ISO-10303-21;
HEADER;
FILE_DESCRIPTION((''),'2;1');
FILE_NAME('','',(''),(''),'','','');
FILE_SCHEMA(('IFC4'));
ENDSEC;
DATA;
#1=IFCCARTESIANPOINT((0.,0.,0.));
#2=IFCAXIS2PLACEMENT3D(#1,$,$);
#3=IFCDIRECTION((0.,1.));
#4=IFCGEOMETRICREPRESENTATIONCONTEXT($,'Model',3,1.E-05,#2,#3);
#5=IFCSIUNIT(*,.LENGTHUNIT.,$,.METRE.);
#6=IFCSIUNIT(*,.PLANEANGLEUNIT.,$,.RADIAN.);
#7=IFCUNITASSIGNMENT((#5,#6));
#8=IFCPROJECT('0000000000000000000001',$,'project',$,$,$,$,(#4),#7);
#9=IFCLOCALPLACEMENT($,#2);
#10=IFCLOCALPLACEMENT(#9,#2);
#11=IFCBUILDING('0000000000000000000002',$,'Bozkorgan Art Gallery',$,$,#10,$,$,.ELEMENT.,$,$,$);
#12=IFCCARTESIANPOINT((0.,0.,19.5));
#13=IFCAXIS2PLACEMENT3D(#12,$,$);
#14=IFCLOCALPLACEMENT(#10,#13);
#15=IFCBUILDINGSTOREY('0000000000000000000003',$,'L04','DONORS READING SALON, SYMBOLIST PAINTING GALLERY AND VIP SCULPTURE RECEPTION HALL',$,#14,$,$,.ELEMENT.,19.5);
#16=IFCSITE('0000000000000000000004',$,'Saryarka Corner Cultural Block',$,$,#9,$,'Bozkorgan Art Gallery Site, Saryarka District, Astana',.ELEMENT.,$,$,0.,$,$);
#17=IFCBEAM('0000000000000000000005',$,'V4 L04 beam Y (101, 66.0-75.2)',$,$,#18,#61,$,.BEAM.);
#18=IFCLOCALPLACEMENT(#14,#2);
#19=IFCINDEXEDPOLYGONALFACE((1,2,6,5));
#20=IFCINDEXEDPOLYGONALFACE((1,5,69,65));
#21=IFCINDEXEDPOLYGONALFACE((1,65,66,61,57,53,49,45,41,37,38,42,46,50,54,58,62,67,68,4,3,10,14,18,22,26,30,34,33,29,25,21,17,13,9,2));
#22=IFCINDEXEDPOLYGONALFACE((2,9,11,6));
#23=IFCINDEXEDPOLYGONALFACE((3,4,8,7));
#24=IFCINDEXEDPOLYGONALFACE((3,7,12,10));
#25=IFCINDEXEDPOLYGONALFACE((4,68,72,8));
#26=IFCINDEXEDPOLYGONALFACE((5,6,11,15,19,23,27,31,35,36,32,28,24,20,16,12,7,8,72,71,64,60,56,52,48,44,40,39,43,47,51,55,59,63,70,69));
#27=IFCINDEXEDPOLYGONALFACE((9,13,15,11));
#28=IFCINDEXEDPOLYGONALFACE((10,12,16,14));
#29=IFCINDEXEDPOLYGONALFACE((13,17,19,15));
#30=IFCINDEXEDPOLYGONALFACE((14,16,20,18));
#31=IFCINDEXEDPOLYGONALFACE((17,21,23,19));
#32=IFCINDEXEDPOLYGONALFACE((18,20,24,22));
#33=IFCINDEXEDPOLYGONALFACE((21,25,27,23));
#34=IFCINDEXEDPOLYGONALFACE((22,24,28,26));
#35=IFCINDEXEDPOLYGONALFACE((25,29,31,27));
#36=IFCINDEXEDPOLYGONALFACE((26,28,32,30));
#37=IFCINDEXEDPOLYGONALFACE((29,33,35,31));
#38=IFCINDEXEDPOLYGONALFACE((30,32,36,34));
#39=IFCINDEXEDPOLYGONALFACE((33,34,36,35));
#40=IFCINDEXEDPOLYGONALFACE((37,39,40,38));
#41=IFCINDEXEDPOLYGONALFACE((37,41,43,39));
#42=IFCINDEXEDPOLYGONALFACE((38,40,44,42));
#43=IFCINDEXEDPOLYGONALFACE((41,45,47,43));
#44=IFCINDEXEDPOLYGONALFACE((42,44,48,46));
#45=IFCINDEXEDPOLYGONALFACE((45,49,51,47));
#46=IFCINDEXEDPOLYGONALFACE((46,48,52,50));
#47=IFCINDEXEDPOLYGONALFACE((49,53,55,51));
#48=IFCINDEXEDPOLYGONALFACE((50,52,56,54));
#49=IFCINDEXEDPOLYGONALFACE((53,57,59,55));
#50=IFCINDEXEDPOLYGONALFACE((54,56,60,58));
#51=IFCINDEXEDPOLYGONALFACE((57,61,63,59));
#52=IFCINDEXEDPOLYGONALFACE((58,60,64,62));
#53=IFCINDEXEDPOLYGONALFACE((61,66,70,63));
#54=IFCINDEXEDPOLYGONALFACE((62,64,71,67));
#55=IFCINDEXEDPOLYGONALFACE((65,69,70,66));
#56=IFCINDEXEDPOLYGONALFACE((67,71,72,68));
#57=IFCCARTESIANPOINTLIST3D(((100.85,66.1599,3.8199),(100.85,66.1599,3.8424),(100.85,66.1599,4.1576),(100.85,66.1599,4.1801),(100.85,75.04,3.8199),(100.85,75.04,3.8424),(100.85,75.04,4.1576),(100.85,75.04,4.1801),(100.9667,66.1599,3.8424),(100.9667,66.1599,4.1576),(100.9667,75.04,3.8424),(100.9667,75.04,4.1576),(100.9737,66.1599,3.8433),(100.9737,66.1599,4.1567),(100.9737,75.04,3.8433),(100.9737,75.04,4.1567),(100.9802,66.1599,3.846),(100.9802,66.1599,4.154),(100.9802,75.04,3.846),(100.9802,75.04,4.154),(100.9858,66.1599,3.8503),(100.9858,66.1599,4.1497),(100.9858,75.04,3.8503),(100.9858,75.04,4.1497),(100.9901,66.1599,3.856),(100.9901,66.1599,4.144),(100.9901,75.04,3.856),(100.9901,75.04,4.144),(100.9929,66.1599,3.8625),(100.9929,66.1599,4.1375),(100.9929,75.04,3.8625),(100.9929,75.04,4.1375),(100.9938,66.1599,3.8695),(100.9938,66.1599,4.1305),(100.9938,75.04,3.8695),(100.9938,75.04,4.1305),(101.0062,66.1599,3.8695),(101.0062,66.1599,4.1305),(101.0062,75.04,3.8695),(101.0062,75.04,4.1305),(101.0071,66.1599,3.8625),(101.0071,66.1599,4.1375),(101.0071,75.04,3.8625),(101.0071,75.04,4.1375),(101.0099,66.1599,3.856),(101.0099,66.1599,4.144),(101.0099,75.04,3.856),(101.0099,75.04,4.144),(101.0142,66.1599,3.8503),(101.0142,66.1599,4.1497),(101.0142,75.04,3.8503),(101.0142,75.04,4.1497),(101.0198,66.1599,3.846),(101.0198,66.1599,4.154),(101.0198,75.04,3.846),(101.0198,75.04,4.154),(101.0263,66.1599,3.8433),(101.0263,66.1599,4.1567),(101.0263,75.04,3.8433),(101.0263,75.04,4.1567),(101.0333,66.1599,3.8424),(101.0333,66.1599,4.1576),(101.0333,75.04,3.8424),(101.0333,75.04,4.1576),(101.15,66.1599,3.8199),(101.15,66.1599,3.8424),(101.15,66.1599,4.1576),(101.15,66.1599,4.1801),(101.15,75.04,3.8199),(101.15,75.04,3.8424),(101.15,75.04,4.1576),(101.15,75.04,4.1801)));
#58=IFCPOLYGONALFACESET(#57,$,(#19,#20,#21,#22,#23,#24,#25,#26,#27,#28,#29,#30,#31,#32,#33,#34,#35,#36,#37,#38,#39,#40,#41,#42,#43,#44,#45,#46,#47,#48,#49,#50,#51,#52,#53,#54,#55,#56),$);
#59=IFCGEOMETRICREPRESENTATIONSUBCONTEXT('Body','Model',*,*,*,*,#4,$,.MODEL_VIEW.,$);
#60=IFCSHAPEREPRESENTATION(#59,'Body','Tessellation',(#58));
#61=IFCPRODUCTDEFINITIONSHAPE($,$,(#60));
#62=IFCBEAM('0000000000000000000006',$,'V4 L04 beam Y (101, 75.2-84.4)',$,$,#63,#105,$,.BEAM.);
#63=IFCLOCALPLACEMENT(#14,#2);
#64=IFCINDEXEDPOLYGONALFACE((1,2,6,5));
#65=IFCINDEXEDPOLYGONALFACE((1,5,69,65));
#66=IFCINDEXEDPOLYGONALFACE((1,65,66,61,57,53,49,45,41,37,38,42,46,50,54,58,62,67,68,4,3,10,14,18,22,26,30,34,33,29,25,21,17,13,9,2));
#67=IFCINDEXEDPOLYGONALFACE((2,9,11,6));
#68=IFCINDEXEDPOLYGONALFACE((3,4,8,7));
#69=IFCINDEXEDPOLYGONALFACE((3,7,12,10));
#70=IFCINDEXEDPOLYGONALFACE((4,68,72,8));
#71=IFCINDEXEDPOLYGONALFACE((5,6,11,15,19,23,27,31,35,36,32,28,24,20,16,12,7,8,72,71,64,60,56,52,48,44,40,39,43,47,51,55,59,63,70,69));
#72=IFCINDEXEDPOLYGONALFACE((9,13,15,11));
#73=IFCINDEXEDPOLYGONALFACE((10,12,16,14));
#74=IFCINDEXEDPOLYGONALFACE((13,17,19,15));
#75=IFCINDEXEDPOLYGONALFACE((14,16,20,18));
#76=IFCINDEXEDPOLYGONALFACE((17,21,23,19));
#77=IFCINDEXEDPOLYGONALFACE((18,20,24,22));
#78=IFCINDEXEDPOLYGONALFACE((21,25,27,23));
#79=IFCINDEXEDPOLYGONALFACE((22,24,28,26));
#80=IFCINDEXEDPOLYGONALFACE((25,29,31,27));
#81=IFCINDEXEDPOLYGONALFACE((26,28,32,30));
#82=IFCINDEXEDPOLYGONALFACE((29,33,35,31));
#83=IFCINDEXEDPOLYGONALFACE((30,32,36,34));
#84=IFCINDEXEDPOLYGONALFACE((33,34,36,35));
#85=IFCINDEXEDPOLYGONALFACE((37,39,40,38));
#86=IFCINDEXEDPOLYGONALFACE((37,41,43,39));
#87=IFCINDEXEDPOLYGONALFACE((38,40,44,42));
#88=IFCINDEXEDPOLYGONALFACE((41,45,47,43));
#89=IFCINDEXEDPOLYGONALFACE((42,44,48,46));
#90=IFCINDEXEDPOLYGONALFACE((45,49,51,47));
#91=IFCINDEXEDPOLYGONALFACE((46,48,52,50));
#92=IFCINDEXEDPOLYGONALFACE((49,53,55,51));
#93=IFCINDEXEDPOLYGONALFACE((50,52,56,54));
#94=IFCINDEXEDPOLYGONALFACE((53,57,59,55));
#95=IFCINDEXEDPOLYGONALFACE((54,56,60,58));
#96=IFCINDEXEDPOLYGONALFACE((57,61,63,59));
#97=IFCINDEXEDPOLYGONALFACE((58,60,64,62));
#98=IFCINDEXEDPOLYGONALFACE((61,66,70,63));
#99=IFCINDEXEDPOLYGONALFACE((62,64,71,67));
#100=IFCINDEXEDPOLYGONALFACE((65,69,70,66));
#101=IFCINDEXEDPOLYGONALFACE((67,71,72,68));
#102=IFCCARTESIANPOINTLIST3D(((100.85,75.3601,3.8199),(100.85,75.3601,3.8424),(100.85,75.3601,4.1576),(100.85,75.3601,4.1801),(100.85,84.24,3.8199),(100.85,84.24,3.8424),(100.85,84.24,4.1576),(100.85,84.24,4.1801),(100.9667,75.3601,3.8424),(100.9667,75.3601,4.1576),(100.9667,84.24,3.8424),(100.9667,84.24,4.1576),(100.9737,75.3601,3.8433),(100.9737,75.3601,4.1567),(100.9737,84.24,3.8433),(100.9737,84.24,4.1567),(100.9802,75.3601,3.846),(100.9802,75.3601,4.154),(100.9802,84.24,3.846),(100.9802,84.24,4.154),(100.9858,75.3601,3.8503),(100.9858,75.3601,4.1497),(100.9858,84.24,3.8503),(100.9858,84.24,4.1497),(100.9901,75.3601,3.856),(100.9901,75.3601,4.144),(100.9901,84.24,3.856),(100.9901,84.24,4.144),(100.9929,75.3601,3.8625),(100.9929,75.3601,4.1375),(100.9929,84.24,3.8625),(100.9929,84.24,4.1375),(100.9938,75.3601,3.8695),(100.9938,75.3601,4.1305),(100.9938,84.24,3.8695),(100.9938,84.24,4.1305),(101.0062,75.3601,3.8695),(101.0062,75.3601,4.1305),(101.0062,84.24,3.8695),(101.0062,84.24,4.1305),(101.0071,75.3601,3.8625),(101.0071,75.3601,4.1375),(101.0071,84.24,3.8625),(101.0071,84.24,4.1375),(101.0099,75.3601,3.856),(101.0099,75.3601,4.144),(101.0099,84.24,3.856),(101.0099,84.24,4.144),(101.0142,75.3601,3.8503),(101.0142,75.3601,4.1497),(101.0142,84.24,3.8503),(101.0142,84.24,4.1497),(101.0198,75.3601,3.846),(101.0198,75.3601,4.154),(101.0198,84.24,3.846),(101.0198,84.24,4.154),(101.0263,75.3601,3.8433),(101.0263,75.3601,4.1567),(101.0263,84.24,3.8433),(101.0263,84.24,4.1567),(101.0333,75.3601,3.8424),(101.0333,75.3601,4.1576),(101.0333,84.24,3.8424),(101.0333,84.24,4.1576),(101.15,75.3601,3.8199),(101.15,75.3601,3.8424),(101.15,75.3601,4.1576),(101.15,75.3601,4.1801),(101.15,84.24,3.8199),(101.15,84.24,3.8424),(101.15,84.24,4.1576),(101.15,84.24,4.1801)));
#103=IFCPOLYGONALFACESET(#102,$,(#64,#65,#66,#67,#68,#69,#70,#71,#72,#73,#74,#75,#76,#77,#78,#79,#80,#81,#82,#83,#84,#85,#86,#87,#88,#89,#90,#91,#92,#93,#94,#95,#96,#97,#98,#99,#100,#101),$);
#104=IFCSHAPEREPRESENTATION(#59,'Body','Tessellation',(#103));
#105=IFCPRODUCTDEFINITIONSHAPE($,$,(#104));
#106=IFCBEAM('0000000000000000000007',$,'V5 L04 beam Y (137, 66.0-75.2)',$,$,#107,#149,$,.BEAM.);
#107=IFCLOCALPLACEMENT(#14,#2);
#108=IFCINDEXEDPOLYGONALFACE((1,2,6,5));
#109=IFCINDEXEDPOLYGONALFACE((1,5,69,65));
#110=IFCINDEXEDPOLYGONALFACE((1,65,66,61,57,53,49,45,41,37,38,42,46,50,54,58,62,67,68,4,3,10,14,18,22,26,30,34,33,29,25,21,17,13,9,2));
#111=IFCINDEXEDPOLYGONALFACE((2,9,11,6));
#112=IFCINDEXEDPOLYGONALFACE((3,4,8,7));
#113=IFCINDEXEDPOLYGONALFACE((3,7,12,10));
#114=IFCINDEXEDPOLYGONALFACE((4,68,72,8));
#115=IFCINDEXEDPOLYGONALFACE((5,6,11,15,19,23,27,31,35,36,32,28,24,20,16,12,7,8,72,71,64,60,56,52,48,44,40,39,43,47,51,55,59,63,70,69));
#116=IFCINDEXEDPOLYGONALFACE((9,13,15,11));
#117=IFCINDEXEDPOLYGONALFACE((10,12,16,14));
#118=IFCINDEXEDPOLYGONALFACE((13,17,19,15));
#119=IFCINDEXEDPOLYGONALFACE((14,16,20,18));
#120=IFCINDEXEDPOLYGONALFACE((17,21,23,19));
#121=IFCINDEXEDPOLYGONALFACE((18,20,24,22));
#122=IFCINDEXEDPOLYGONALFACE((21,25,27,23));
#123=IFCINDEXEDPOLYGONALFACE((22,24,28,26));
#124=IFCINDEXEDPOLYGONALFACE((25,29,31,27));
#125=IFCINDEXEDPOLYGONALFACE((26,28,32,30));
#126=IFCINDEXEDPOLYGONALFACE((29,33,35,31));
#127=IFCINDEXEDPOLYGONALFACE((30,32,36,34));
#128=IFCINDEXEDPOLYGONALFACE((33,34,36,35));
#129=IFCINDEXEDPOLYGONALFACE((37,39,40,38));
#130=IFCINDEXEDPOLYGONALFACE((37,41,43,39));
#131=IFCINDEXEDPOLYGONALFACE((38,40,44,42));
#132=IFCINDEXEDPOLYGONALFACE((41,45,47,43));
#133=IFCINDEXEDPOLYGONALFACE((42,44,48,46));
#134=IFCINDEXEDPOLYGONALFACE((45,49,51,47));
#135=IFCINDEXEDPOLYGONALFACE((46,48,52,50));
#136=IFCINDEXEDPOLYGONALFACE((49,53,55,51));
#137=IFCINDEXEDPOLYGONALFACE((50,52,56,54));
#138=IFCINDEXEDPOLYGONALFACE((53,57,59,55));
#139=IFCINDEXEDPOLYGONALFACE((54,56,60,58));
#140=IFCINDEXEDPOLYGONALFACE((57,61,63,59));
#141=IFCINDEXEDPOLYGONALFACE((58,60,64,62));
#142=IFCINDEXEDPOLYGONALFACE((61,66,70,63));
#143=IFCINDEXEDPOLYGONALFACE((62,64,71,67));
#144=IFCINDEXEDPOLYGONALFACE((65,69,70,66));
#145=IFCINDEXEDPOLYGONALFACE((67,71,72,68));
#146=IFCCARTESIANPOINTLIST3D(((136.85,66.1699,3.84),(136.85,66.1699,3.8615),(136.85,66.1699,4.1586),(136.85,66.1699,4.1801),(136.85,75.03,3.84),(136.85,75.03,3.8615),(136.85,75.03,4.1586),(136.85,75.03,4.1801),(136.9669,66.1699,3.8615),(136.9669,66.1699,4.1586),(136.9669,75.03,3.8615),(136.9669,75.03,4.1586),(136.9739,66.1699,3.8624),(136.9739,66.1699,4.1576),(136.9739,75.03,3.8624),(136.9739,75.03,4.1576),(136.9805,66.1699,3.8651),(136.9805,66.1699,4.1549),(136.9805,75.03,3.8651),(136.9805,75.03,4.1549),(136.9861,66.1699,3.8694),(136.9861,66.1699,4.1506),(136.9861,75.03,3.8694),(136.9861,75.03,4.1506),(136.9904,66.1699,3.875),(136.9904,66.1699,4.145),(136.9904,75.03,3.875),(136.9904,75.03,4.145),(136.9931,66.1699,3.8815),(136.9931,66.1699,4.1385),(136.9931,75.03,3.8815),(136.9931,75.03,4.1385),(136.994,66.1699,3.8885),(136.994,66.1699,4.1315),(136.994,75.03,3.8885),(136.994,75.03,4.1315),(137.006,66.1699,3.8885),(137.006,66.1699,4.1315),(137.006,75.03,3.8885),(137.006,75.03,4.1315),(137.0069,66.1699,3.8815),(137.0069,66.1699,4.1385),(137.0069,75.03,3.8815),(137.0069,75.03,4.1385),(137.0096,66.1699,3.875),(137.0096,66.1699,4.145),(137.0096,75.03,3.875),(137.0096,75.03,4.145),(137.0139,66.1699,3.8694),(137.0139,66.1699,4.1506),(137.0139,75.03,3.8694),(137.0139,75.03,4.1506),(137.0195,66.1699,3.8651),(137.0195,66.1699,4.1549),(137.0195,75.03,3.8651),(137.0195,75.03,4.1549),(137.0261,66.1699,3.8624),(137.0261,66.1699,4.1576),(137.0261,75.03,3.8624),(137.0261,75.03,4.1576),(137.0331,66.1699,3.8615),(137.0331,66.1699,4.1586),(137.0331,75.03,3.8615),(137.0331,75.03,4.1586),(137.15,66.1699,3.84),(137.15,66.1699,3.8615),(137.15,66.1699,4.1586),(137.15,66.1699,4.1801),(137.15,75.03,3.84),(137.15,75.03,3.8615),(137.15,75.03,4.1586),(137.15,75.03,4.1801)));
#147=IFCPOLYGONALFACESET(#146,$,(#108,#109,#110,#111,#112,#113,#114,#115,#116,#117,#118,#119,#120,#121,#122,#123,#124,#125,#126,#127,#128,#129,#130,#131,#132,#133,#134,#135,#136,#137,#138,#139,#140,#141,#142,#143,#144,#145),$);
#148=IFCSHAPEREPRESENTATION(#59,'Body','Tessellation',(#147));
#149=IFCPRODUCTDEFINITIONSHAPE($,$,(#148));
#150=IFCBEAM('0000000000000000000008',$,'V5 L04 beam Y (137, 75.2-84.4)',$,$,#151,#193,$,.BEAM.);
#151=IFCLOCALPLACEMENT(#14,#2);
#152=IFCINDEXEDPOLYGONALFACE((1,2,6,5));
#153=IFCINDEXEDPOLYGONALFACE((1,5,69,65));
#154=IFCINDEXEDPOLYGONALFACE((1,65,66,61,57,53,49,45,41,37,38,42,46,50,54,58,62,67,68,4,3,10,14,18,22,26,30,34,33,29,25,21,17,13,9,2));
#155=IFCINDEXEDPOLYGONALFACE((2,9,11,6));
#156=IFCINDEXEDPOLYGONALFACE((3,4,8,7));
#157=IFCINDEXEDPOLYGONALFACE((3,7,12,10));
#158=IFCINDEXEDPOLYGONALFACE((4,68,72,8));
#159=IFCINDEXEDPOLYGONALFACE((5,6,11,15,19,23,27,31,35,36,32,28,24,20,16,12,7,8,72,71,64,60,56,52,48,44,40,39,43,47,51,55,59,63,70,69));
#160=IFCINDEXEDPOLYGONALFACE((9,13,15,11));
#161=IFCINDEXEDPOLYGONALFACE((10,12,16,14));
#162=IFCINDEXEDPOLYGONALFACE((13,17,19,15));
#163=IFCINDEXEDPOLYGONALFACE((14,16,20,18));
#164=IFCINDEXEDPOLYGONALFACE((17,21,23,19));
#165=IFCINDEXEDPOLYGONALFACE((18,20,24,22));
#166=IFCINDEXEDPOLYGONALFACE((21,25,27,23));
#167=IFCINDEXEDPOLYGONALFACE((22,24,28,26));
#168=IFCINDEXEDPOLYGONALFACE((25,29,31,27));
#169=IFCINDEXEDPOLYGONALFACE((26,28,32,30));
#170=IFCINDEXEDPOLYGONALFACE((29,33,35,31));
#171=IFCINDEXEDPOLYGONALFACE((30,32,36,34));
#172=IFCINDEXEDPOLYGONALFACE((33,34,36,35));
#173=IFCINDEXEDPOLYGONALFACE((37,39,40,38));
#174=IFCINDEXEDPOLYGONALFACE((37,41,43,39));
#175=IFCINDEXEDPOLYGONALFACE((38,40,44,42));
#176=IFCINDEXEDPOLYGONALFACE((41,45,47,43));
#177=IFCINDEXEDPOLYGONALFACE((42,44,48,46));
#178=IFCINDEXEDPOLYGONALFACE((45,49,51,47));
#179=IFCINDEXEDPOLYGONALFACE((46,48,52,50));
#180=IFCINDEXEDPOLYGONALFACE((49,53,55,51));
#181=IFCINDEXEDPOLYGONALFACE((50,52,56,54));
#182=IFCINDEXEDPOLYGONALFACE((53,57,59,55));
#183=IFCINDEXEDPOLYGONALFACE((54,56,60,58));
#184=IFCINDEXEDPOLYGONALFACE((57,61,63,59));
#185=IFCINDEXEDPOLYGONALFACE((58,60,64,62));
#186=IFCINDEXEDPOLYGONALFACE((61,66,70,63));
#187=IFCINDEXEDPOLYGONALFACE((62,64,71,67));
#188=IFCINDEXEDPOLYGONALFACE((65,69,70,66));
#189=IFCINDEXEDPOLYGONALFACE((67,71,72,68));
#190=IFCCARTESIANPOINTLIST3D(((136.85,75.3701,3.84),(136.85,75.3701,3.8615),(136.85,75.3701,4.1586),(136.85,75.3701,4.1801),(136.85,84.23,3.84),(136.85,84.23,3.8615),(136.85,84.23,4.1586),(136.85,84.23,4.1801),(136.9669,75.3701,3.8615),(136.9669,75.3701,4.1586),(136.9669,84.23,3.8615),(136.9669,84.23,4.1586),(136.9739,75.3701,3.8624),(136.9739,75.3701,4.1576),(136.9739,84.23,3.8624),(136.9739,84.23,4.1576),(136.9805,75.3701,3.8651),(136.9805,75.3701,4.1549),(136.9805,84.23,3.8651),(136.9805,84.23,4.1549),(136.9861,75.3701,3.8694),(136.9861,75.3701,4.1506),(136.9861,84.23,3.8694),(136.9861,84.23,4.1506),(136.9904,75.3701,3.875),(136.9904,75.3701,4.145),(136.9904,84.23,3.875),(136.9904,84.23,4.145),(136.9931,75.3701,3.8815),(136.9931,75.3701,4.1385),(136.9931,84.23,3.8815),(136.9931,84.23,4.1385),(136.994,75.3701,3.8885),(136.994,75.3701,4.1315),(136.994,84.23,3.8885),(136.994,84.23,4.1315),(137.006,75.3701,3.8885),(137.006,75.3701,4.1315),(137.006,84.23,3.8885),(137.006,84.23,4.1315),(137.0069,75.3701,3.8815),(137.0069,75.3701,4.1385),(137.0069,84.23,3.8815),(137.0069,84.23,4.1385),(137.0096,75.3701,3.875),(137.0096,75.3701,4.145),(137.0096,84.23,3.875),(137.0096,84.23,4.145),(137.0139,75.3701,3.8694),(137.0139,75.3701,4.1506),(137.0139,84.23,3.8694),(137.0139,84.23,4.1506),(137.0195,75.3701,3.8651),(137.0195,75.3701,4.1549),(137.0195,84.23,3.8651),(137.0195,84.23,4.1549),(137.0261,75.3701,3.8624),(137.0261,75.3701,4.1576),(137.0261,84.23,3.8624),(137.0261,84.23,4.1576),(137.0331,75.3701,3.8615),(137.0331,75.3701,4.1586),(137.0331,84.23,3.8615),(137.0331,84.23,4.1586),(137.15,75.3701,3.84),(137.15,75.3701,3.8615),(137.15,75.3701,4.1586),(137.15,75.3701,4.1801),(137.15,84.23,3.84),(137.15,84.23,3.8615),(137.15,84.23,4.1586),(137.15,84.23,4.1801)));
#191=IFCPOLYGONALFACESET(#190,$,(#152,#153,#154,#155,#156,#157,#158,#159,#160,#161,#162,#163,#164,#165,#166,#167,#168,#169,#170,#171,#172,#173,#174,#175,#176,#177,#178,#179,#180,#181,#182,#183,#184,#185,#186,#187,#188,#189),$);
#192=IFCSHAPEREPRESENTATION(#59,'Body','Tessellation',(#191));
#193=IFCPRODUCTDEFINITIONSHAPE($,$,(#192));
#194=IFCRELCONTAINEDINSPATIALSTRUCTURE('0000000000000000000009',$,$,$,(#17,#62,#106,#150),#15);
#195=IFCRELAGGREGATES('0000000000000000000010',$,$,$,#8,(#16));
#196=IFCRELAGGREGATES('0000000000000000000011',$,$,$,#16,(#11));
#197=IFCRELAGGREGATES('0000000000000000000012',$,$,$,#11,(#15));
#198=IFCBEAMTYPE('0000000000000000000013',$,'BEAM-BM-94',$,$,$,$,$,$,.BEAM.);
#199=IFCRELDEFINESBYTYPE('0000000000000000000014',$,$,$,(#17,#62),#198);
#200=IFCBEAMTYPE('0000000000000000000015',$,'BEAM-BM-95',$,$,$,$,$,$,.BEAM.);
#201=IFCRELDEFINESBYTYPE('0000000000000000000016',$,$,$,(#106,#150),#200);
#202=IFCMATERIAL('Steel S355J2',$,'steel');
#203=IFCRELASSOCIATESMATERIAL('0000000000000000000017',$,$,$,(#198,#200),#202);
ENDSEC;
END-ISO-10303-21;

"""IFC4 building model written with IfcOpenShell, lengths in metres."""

from ifc_helpers import new_model, si_unit, direction, frame, origin, origin_2d, place, context, subcontext, project, spatial, i_section, extrude, material, material_profile, profile_set, type_object, element, save


model = new_model("IFC4")

# Units and contexts
model_context = context("Model", 3, precision=1e-05, world=origin(), true_north=direction((0.0, 1.0)))
body_context = subcontext(model_context, "Body", "Model", "MODEL_VIEW")
ifc_project = project(units=[si_unit("LENGTHUNIT", "METRE"), si_unit("PLANEANGLEUNIT", "RADIAN")], contexts=[model_context])

# Site, building, storey
site_placement = place(None, origin())
site = spatial("IfcSite", under=ifc_project, at=site_placement, Name="Saryarka Corner Cultural Block", LongName="Bozkorgan Art Gallery Site, Saryarka District, Astana", CompositionType="ELEMENT", RefElevation=0.0)
building_placement = place(site_placement, origin())
building = spatial("IfcBuilding", under=site, at=building_placement, Name="Bozkorgan Art Gallery", CompositionType="ELEMENT")
storey_placement = place(building_placement, frame((0.0, 0.0, 19.5)))
storey = spatial("IfcBuildingStorey", under=building, at=storey_placement, Name="L04", Description="DONORS READING SALON, SYMBOLIST PAINTING GALLERY AND VIP SCULPTURE RECEPTION HALL", CompositionType="ELEMENT", Elevation=19.5)

# Shared definitions
ifc_material_1 = material(Name="Steel S355J2", Category="steel")

# Beams
ifc_material_profile_1 = material_profile(ifc_material_1, i_section(OverallWidth=0.3, OverallDepth=0.3601, WebThickness=0.0125, FlangeThickness=0.0225, FilletRadius=0.0271, at=origin_2d()), Name="HEB 360")
ifc_profile_set_1 = profile_set([ifc_material_profile_1], Name="Steel S355J2")
beam_type_1 = type_object("IfcBeamType", Name="BEAM-BM-94", PredefinedType="BEAM", material=ifc_profile_set_1)
for number, where, z_axis, x_axis, name in (
    (1, (101.0, 66.1599, 4.0), (0.0, 1.0, 0.0), (-1.0, 0.0, 0.0), "V4 L04 beam Y (101, 66.0-75.2)"),
):
    element("IfcBeam", number, at=place(storey_placement, frame(where, z_axis=z_axis, x_axis=x_axis)), inside=storey, type_object=beam_type_1, Name=name, PredefinedType="BEAM", context=body_context, shape_type="SweptSolid", body=[
        extrude(i_section(OverallWidth=0.3, OverallDepth=0.3601, WebThickness=0.0125, FlangeThickness=0.0225, FilletRadius=0.0271, at=origin_2d()), origin(), (0.0, 0.0, 1.0), 8.8801),
    ])
beam_1_placement = place(storey_placement, frame((101.0, 75.3601, 4.0), z_axis=(0.0, 1.0, 0.0), x_axis=(-1.0, 0.0, 0.0)))
element("IfcBeam", 2, at=beam_1_placement, inside=storey, type_object=beam_type_1, Name="V4 L04 beam Y (101, 75.2-84.4)", PredefinedType="BEAM", context=body_context, shape_type="SweptSolid", body=[
    extrude(i_section(OverallWidth=0.3, OverallDepth=0.3601, WebThickness=0.0125, FlangeThickness=0.0225, FilletRadius=0.0271, at=origin_2d()), origin(), (0.0, 0.0, 1.0), 8.8799),
])
ifc_material_profile_2 = material_profile(ifc_material_1, i_section(OverallWidth=0.3, OverallDepth=0.3401, WebThickness=0.012, FlangeThickness=0.0215, FilletRadius=0.0271, at=origin_2d()), Name="HEB 340")
ifc_profile_set_2 = profile_set([ifc_material_profile_2], Name="Steel S355J2")
beam_type_2 = type_object("IfcBeamType", Name="BEAM-BM-95", PredefinedType="BEAM", material=ifc_profile_set_2)
beam_2_placement = place(storey_placement, frame((137.0, 66.1699, 4.01), z_axis=(0.0, 1.0, 0.0), x_axis=(-1.0, 0.0, 0.0)))
element("IfcBeam", 3, at=beam_2_placement, inside=storey, type_object=beam_type_2, Name="V5 L04 beam Y (137, 66.0-75.2)", PredefinedType="BEAM", context=body_context, shape_type="SweptSolid", body=[
    extrude(i_section(OverallWidth=0.3, OverallDepth=0.3401, WebThickness=0.012, FlangeThickness=0.0215, FilletRadius=0.0271, at=origin_2d()), origin(), (0.0, 0.0, 1.0), 8.8601),
])
for number, where, z_axis, x_axis, name in (
    (4, (137.0, 75.3701, 4.01), (0.0, 1.0, 0.0), (-1.0, 0.0, 0.0), "V5 L04 beam Y (137, 75.2-84.4)"),
):
    element("IfcBeam", number, at=place(storey_placement, frame(where, z_axis=z_axis, x_axis=x_axis)), inside=storey, type_object=beam_type_2, Name=name, PredefinedType="BEAM", context=body_context, shape_type="SweptSolid", body=[
        extrude(i_section(OverallWidth=0.3, OverallDepth=0.3401, WebThickness=0.012, FlangeThickness=0.0215, FilletRadius=0.0271, at=origin_2d()), origin(), (0.0, 0.0, 1.0), 8.8599),
    ])

save(model, "model.ifc")
